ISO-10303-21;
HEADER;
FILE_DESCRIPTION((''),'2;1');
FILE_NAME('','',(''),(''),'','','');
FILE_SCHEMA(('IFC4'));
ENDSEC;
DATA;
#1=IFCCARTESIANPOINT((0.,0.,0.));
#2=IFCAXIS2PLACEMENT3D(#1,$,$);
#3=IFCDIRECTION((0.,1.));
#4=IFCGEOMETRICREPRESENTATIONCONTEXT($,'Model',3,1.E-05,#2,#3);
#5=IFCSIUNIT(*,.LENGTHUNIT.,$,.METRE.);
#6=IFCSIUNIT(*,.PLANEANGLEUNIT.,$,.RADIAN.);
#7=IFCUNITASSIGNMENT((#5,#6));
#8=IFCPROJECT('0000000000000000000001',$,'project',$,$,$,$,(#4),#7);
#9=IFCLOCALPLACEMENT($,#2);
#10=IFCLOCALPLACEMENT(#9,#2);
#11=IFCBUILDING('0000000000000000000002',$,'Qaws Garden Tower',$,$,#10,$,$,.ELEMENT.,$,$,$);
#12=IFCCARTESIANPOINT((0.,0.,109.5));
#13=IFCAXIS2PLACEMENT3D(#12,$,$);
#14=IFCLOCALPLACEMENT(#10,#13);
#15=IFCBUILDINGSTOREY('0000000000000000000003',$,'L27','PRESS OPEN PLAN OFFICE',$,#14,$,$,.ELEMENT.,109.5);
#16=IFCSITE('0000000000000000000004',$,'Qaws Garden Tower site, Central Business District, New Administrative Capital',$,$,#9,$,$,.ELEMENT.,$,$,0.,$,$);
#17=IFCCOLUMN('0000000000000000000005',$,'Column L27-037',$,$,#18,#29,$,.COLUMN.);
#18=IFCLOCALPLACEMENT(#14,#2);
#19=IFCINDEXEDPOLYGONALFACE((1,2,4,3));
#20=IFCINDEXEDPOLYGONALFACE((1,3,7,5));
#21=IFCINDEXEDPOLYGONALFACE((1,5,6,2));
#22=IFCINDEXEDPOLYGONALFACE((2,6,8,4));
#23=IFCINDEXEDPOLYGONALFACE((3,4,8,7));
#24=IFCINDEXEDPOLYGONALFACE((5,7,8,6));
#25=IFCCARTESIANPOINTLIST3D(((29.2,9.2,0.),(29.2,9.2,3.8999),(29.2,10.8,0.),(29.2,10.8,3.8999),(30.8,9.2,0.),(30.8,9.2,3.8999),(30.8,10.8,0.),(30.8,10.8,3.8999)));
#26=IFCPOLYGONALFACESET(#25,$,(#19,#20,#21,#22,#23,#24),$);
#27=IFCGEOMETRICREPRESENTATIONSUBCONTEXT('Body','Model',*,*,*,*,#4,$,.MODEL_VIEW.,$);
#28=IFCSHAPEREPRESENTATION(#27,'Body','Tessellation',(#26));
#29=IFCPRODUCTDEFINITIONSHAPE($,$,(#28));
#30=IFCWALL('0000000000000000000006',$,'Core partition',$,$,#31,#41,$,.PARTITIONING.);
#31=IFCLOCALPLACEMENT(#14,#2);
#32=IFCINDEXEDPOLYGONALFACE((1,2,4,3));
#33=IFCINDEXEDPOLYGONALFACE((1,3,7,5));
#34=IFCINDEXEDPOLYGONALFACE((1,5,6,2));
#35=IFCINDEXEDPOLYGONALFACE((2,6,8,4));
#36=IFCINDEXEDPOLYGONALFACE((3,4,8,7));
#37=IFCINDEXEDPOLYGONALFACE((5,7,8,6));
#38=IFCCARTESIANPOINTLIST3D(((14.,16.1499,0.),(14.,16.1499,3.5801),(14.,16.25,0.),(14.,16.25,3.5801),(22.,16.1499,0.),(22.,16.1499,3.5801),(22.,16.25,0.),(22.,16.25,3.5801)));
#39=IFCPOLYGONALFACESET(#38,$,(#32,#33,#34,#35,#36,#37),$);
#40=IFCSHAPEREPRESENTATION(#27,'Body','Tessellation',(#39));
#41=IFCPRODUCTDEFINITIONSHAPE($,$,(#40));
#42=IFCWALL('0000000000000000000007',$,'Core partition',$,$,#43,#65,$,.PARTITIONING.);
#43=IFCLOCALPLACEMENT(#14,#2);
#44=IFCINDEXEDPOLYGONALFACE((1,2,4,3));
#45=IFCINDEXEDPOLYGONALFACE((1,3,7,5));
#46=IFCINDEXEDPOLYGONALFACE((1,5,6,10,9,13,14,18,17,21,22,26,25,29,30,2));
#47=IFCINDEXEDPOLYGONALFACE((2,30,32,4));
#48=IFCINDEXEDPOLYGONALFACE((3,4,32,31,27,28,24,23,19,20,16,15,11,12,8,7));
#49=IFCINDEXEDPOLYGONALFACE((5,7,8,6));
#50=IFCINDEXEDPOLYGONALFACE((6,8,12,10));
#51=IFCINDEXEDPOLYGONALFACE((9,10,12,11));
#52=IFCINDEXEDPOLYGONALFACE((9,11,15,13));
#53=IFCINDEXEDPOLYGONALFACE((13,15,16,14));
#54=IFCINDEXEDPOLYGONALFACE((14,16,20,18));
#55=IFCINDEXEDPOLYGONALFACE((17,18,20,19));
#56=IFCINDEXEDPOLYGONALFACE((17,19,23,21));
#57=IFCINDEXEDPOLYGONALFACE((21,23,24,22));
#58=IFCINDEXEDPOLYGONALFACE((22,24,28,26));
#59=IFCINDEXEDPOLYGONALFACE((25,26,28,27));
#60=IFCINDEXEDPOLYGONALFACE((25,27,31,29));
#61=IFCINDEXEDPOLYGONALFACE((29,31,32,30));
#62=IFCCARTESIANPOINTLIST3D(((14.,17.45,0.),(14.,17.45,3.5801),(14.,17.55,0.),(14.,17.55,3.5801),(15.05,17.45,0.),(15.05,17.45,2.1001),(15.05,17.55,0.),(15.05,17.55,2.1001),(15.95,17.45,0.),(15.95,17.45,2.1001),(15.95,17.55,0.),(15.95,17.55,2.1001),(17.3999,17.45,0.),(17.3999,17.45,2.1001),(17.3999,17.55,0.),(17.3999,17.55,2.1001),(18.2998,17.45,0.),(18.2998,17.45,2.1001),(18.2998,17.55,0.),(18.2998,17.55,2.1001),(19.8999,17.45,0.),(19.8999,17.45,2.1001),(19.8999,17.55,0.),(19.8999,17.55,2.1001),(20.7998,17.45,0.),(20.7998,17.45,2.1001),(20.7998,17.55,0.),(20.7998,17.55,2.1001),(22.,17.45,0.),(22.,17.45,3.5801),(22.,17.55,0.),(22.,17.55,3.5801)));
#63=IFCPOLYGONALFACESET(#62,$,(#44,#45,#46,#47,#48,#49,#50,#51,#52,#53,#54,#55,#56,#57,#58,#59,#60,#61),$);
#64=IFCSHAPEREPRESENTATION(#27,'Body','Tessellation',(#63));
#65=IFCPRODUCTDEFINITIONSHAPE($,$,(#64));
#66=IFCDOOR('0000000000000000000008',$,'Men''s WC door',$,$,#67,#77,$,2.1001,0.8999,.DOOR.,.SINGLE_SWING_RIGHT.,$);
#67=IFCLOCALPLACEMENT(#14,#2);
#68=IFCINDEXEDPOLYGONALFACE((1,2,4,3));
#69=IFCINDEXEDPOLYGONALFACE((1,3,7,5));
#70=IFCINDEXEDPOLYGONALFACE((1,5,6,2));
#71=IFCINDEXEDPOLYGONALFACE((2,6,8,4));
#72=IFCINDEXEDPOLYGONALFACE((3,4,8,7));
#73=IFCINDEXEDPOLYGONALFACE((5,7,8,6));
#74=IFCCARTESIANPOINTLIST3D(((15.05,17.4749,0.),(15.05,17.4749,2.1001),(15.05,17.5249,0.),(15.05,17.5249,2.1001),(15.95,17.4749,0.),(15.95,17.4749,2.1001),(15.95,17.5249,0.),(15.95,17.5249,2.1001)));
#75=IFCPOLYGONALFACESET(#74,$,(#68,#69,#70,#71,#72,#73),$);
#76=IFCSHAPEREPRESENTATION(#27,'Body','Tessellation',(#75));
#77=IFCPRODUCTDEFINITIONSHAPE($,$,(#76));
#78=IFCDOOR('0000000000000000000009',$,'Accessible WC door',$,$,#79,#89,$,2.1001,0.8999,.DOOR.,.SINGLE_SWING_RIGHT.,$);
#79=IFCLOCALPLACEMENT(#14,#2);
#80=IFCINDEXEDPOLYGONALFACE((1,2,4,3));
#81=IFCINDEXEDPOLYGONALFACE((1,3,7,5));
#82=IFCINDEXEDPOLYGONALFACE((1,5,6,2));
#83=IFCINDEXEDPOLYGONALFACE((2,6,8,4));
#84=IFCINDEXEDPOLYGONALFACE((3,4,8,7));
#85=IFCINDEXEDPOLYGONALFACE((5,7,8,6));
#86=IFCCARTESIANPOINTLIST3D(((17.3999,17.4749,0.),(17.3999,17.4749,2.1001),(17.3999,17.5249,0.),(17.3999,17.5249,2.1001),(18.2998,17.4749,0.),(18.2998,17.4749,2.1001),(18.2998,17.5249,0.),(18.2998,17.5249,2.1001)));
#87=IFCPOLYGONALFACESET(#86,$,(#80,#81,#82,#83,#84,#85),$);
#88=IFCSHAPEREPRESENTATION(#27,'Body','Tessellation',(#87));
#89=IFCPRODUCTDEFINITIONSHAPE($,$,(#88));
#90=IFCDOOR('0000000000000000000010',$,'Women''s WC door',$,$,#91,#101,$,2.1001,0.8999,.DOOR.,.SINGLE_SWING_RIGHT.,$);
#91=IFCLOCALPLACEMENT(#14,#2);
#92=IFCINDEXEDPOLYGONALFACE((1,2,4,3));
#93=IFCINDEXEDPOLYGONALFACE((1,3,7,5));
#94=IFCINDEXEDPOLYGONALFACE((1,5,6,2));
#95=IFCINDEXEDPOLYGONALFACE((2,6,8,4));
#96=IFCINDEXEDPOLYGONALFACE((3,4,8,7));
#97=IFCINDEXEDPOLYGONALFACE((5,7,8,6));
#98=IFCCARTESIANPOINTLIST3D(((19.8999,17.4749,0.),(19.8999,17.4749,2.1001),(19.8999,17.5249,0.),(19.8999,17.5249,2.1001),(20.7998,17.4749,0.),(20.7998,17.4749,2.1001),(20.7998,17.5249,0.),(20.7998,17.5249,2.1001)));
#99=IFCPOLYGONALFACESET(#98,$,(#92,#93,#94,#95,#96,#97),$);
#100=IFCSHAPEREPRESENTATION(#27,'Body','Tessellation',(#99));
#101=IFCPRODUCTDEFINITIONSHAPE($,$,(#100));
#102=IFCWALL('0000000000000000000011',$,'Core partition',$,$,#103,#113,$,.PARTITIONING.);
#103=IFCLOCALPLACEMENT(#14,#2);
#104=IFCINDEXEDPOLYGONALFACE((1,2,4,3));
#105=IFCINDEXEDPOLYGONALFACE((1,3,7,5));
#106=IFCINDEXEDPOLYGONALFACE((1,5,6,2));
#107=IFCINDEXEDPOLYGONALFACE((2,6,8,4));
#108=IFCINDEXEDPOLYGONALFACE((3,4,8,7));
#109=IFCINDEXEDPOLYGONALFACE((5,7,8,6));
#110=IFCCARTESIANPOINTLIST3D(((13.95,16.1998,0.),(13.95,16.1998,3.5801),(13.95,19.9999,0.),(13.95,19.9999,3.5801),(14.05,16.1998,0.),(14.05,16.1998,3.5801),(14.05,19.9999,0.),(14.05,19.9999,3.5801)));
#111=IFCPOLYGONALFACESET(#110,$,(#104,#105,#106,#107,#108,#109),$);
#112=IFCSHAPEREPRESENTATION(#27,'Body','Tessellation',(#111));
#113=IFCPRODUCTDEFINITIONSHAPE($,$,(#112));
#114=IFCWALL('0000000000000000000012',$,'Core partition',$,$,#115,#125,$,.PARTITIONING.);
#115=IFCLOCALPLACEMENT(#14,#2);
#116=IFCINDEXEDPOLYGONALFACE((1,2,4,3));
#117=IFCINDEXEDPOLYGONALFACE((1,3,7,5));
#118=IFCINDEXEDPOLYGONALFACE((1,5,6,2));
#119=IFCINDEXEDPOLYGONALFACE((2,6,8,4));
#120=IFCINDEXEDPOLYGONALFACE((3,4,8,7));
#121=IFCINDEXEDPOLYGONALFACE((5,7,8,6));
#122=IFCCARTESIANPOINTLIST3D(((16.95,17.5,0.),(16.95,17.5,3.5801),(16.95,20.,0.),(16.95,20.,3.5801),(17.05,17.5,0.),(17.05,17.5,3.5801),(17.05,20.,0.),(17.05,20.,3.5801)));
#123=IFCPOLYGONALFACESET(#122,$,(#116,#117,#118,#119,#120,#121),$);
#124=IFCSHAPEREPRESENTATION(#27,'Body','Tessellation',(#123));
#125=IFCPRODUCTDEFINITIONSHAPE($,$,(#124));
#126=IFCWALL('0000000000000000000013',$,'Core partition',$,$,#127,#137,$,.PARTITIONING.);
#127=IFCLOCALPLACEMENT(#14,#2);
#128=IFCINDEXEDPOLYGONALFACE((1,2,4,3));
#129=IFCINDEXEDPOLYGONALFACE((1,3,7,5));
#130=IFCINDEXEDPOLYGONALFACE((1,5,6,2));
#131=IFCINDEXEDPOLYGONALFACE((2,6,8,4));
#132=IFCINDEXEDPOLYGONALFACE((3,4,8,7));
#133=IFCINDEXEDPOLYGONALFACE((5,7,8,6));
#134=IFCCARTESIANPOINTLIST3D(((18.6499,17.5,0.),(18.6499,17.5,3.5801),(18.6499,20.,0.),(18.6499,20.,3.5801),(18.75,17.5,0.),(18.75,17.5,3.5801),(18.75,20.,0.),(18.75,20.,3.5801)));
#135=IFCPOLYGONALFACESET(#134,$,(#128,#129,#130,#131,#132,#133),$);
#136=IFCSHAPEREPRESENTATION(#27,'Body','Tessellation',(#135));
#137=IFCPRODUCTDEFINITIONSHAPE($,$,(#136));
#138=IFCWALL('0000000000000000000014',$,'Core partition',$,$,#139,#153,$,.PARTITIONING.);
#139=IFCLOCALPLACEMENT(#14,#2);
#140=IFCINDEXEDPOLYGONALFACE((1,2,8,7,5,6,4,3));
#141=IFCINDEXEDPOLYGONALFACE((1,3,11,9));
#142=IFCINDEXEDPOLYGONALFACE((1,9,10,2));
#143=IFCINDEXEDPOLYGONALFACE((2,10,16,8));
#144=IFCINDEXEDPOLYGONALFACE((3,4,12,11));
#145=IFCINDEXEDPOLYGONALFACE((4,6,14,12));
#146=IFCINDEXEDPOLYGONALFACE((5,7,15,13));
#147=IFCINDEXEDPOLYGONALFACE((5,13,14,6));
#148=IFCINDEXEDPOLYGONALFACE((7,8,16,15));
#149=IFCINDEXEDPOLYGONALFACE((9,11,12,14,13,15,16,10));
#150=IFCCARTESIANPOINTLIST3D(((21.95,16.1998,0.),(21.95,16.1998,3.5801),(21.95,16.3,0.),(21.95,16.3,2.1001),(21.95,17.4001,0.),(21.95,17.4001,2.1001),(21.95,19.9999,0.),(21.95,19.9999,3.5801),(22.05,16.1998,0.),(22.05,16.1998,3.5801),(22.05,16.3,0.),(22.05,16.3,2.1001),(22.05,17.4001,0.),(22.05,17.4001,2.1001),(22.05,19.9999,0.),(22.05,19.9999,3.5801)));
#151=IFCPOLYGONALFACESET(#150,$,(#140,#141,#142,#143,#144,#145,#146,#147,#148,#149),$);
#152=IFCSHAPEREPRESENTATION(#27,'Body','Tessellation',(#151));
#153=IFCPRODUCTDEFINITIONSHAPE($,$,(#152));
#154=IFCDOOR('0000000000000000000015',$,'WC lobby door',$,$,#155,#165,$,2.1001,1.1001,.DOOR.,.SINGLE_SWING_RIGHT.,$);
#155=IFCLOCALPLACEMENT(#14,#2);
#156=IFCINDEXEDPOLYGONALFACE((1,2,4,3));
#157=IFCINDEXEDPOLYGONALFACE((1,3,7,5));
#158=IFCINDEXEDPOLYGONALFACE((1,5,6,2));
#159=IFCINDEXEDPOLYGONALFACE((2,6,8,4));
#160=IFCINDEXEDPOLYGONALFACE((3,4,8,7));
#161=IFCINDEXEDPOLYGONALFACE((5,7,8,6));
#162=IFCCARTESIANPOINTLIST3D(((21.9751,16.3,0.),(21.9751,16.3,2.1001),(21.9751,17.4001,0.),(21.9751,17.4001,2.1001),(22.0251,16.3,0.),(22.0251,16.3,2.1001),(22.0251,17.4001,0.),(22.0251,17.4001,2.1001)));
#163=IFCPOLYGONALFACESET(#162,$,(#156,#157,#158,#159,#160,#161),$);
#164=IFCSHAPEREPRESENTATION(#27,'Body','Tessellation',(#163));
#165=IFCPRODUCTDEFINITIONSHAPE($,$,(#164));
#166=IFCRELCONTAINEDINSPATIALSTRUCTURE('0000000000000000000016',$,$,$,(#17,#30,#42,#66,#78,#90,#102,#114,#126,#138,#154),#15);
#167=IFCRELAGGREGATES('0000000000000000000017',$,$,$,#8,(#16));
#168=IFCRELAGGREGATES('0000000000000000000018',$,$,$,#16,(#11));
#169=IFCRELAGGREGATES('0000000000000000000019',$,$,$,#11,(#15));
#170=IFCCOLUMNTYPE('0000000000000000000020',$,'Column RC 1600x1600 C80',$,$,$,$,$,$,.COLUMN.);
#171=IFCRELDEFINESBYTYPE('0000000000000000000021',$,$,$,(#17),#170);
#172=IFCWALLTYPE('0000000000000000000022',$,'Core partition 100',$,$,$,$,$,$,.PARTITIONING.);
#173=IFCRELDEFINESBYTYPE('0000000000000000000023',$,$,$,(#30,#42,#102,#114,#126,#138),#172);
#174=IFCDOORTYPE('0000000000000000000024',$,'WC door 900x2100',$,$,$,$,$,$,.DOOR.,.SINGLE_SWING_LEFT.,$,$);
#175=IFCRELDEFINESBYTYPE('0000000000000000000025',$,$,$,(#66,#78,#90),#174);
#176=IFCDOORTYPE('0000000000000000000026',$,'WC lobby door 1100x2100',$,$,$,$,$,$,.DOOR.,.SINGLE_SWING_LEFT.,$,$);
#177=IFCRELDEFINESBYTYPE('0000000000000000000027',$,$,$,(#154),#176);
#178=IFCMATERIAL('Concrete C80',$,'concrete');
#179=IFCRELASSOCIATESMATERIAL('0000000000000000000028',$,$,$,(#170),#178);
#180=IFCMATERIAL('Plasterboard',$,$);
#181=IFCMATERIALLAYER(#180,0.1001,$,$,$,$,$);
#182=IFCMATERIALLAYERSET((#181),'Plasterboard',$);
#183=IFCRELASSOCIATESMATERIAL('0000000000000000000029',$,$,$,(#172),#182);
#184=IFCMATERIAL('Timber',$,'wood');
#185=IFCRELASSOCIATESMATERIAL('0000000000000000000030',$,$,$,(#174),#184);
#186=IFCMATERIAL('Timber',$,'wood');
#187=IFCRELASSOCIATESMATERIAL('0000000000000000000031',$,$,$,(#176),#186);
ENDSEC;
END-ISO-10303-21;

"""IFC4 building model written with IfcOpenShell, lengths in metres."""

from ifc_helpers import new_model, si_unit, direction, frame, frame_2d, origin, origin_2d, place, context, subcontext, project, spatial, rectangle, extrude, material, layer, layer_set, material_profile, profile_set, type_object, element, fill, save


model = new_model("IFC4")

# Units and contexts
model_context = context("Model", 3, precision=1e-05, world=origin(), true_north=direction((0.0, 1.0)))
body_context = subcontext(model_context, "Body", "Model", "MODEL_VIEW")
ifc_project = project(units=[si_unit("LENGTHUNIT", "METRE"), si_unit("PLANEANGLEUNIT", "RADIAN")], contexts=[model_context])

# Site, building, storey
site_placement = place(None, origin())
site = spatial("IfcSite", under=ifc_project, at=site_placement, Name="Qaws Garden Tower site, Central Business District, New Administrative Capital", CompositionType="ELEMENT", RefElevation=0.0)
building_placement = place(site_placement, origin())
building = spatial("IfcBuilding", under=site, at=building_placement, Name="Qaws Garden Tower", CompositionType="ELEMENT")
storey_placement = place(building_placement, frame((0.0, 0.0, 109.5)))
storey = spatial("IfcBuildingStorey", under=building, at=storey_placement, Name="L27", Description="PRESS OPEN PLAN OFFICE", CompositionType="ELEMENT", Elevation=109.5)

# Column
ifc_material_1 = material(Name="Concrete C80", Category="concrete")
ifc_material_profile = material_profile(ifc_material_1, rectangle(XDim=1.6001, YDim=1.6001, at=origin_2d()), Name="RC 1600x1600")
ifc_profile_set = profile_set([ifc_material_profile], Name="Concrete C80")
column_type = type_object("IfcColumnType", Name="Column RC 1600x1600 C80", PredefinedType="COLUMN", material=ifc_profile_set)
column_placement = place(storey_placement, frame((30.0, 10.0, 0.0), z_axis=(0.0, 0.0, 1.0), x_axis=(1.0, 0.0, 0.0)))
element("IfcColumn", 1, at=column_placement, inside=storey, type_object=column_type, Name="Column L27-037", PredefinedType="COLUMN", context=body_context, shape_type="SweptSolid", body=[
    extrude(rectangle(XDim=1.6001, YDim=1.6001, at=origin_2d()), origin(), (0.0, 0.0, 1.0), 3.8999),
])

# Wall
ifc_material_2 = material(Name="Plasterboard")
ifc_layer_1 = layer(ifc_material_2, 0.1001)
ifc_layer_set_1 = layer_set([ifc_layer_1], Name="Plasterboard")
wall_type_1 = type_object("IfcWallType", Name="Core partition 100", PredefinedType="PARTITIONING", material=ifc_layer_set_1)
wall_1_placement = place(storey_placement, frame((14.0, 16.2, 0.0), z_axis=(0.0, 0.0, 1.0), x_axis=(1.0, 0.0, 0.0)))
element("IfcWall", 2, at=wall_1_placement, inside=storey, type_object=wall_type_1, Name="Core partition", PredefinedType="PARTITIONING", context=body_context, shape_type="SweptSolid", body=[
    extrude(rectangle(XDim=8.0, YDim=0.1001, at=frame_2d((4.0, 0.0))), origin(), (0.0, 0.0, 1.0), 3.5801),
])

# Wall, openings, doors
wall_2_placement = place(storey_placement, frame((14.0, 17.5, 0.0), z_axis=(0.0, 0.0, 1.0), x_axis=(1.0, 0.0, 0.0)))
wall_2 = element("IfcWall", 3, at=wall_2_placement, inside=storey, type_object=wall_type_1, Name="Core partition", PredefinedType="PARTITIONING", context=body_context, shape_type="SweptSolid", body=[
    extrude(rectangle(XDim=8.0, YDim=0.1001, at=frame_2d((4.0, 0.0))), origin(), (0.0, 0.0, 1.0), 3.5801),
])
opening_1_placement = place(wall_2_placement, frame((1.05, 0.0, 0.0)))
opening_1 = element("IfcOpeningElement", 4, at=opening_1_placement, cuts=wall_2, PredefinedType="OPENING", context=body_context, shape_type="SweptSolid", body=[
    extrude(rectangle(XDim=0.8999, YDim=2.1001, at=frame_2d((0.45, 1.05))), frame((0.0, 0.0601, 0.0), z_axis=(0.0, -1.0, 0.0), x_axis=(1.0, 0.0, 0.0)), (0.0, 0.0, 1.0), 0.1201),
])
opening_2_placement = place(wall_2_placement, frame((3.3999, 0.0, 0.0)))
opening_2 = element("IfcOpeningElement", 5, at=opening_2_placement, cuts=wall_2, PredefinedType="OPENING", context=body_context, shape_type="SweptSolid", body=[
    extrude(rectangle(XDim=0.8999, YDim=2.1001, at=frame_2d((0.45, 1.05))), frame((0.0, 0.0601, 0.0), z_axis=(0.0, -1.0, 0.0), x_axis=(1.0, 0.0, 0.0)), (0.0, 0.0, 1.0), 0.1201),
])
opening_3_placement = place(wall_2_placement, frame((5.8999, 0.0, 0.0)))
opening_3 = element("IfcOpeningElement", 6, at=opening_3_placement, cuts=wall_2, PredefinedType="OPENING", context=body_context, shape_type="SweptSolid", body=[
    extrude(rectangle(XDim=0.8999, YDim=2.1001, at=frame_2d((0.45, 1.05))), frame((0.0, 0.0601, 0.0), z_axis=(0.0, -1.0, 0.0), x_axis=(1.0, 0.0, 0.0)), (0.0, 0.0, 1.0), 0.1201),
])
ifc_material_3 = material(Name="Timber", Category="wood")
door_type_1 = type_object("IfcDoorType", Name="WC door 900x2100", OperationType="SINGLE_SWING_LEFT", PredefinedType="DOOR", material=ifc_material_3)
door_1_placement = place(opening_1_placement, origin())
door_1 = element("IfcDoor", 7, at=door_1_placement, inside=storey, type_object=door_type_1, Name="Men's WC door", OperationType="SINGLE_SWING_RIGHT", OverallHeight=2.1001, OverallWidth=0.8999, PredefinedType="DOOR", context=body_context, shape_type="SweptSolid", body=[
    extrude(rectangle(XDim=0.8999, YDim=2.1001, at=frame_2d((0.45, 1.05))), frame((0.0, 0.0249, 0.0), z_axis=(0.0, -1.0, 0.0), x_axis=(1.0, 0.0, 0.0)), (0.0, 0.0, 1.0), 0.05),
])
fill(opening_1, door_1)
door_2_placement = place(opening_2_placement, origin())
door_2 = element("IfcDoor", 8, at=door_2_placement, inside=storey, type_object=door_type_1, Name="Accessible WC door", OperationType="SINGLE_SWING_RIGHT", OverallHeight=2.1001, OverallWidth=0.8999, PredefinedType="DOOR", context=body_context, shape_type="SweptSolid", body=[
    extrude(rectangle(XDim=0.8999, YDim=2.1001, at=frame_2d((0.45, 1.05))), frame((0.0, 0.0249, 0.0), z_axis=(0.0, -1.0, 0.0), x_axis=(1.0, 0.0, 0.0)), (0.0, 0.0, 1.0), 0.05),
])
fill(opening_2, door_2)
door_3_placement = place(opening_3_placement, origin())
door_3 = element("IfcDoor", 9, at=door_3_placement, inside=storey, type_object=door_type_1, Name="Women's WC door", OperationType="SINGLE_SWING_RIGHT", OverallHeight=2.1001, OverallWidth=0.8999, PredefinedType="DOOR", context=body_context, shape_type="SweptSolid", body=[
    extrude(rectangle(XDim=0.8999, YDim=2.1001, at=frame_2d((0.45, 1.05))), frame((0.0, 0.0249, 0.0), z_axis=(0.0, -1.0, 0.0), x_axis=(1.0, 0.0, 0.0)), (0.0, 0.0, 1.0), 0.05),
])
fill(opening_3, door_3)

# Walls
wall_3_placement = place(storey_placement, frame((14.0, 16.2, 0.0), z_axis=(0.0, 0.0, 1.0), x_axis=(0.0, 1.0, 0.0)))
element("IfcWall", 10, at=wall_3_placement, inside=storey, type_object=wall_type_1, Name="Core partition", PredefinedType="PARTITIONING", context=body_context, shape_type="SweptSolid", body=[
    extrude(rectangle(XDim=3.8, YDim=0.1001, at=frame_2d((1.8999, 0.0))), origin(), (0.0, 0.0, 1.0), 3.5801),
])
for number, where, z_axis, x_axis, name in (
    (11, (17.0, 17.5, 0.0), (0.0, 0.0, 1.0), (0.0, 1.0, 0.0), "Core partition"),
    (12, (18.7, 17.5, 0.0), (0.0, 0.0, 1.0), (0.0, 1.0, 0.0), "Core partition"),
):
    element("IfcWall", number, at=place(storey_placement, frame(where, z_axis=z_axis, x_axis=x_axis)), inside=storey, type_object=wall_type_1, Name=name, PredefinedType="PARTITIONING", context=body_context, shape_type="SweptSolid", body=[
        extrude(rectangle(XDim=2.5, YDim=0.1001, at=frame_2d((1.25, 0.0))), origin(), (0.0, 0.0, 1.0), 3.5801),
    ])

# Wall, opening, door
wall_4_placement = place(storey_placement, frame((22.0, 16.2, 0.0), z_axis=(0.0, 0.0, 1.0), x_axis=(0.0, 1.0, 0.0)))
wall_4 = element("IfcWall", 13, at=wall_4_placement, inside=storey, type_object=wall_type_1, Name="Core partition", PredefinedType="PARTITIONING", context=body_context, shape_type="SweptSolid", body=[
    extrude(rectangle(XDim=3.8, YDim=0.1001, at=frame_2d((1.8999, 0.0))), origin(), (0.0, 0.0, 1.0), 3.5801),
])
opening_4_placement = place(wall_4_placement, frame((0.1001, 0.0, 0.0)))
opening_4 = element("IfcOpeningElement", 14, at=opening_4_placement, cuts=wall_4, PredefinedType="OPENING", context=body_context, shape_type="SweptSolid", body=[
    extrude(rectangle(XDim=1.1001, YDim=2.1001, at=frame_2d((0.55, 1.05))), frame((0.0, 0.0601, 0.0), z_axis=(0.0, -1.0, 0.0), x_axis=(1.0, 0.0, 0.0)), (0.0, 0.0, 1.0), 0.1201),
])
ifc_material_4 = material(Name="Timber", Category="wood")
door_type_2 = type_object("IfcDoorType", Name="WC lobby door 1100x2100", OperationType="SINGLE_SWING_LEFT", PredefinedType="DOOR", material=ifc_material_4)
door_4_placement = place(opening_4_placement, origin())
door_4 = element("IfcDoor", 15, at=door_4_placement, inside=storey, type_object=door_type_2, Name="WC lobby door", OperationType="SINGLE_SWING_RIGHT", OverallHeight=2.1001, OverallWidth=1.1001, PredefinedType="DOOR", context=body_context, shape_type="SweptSolid", body=[
    extrude(rectangle(XDim=1.1001, YDim=2.1001, at=frame_2d((0.55, 1.05))), frame((0.0, 0.0249, 0.0), z_axis=(0.0, -1.0, 0.0), x_axis=(1.0, 0.0, 0.0)), (0.0, 0.0, 1.0), 0.05),
])
fill(opening_4, door_4)

save(model, "model.ifc")
